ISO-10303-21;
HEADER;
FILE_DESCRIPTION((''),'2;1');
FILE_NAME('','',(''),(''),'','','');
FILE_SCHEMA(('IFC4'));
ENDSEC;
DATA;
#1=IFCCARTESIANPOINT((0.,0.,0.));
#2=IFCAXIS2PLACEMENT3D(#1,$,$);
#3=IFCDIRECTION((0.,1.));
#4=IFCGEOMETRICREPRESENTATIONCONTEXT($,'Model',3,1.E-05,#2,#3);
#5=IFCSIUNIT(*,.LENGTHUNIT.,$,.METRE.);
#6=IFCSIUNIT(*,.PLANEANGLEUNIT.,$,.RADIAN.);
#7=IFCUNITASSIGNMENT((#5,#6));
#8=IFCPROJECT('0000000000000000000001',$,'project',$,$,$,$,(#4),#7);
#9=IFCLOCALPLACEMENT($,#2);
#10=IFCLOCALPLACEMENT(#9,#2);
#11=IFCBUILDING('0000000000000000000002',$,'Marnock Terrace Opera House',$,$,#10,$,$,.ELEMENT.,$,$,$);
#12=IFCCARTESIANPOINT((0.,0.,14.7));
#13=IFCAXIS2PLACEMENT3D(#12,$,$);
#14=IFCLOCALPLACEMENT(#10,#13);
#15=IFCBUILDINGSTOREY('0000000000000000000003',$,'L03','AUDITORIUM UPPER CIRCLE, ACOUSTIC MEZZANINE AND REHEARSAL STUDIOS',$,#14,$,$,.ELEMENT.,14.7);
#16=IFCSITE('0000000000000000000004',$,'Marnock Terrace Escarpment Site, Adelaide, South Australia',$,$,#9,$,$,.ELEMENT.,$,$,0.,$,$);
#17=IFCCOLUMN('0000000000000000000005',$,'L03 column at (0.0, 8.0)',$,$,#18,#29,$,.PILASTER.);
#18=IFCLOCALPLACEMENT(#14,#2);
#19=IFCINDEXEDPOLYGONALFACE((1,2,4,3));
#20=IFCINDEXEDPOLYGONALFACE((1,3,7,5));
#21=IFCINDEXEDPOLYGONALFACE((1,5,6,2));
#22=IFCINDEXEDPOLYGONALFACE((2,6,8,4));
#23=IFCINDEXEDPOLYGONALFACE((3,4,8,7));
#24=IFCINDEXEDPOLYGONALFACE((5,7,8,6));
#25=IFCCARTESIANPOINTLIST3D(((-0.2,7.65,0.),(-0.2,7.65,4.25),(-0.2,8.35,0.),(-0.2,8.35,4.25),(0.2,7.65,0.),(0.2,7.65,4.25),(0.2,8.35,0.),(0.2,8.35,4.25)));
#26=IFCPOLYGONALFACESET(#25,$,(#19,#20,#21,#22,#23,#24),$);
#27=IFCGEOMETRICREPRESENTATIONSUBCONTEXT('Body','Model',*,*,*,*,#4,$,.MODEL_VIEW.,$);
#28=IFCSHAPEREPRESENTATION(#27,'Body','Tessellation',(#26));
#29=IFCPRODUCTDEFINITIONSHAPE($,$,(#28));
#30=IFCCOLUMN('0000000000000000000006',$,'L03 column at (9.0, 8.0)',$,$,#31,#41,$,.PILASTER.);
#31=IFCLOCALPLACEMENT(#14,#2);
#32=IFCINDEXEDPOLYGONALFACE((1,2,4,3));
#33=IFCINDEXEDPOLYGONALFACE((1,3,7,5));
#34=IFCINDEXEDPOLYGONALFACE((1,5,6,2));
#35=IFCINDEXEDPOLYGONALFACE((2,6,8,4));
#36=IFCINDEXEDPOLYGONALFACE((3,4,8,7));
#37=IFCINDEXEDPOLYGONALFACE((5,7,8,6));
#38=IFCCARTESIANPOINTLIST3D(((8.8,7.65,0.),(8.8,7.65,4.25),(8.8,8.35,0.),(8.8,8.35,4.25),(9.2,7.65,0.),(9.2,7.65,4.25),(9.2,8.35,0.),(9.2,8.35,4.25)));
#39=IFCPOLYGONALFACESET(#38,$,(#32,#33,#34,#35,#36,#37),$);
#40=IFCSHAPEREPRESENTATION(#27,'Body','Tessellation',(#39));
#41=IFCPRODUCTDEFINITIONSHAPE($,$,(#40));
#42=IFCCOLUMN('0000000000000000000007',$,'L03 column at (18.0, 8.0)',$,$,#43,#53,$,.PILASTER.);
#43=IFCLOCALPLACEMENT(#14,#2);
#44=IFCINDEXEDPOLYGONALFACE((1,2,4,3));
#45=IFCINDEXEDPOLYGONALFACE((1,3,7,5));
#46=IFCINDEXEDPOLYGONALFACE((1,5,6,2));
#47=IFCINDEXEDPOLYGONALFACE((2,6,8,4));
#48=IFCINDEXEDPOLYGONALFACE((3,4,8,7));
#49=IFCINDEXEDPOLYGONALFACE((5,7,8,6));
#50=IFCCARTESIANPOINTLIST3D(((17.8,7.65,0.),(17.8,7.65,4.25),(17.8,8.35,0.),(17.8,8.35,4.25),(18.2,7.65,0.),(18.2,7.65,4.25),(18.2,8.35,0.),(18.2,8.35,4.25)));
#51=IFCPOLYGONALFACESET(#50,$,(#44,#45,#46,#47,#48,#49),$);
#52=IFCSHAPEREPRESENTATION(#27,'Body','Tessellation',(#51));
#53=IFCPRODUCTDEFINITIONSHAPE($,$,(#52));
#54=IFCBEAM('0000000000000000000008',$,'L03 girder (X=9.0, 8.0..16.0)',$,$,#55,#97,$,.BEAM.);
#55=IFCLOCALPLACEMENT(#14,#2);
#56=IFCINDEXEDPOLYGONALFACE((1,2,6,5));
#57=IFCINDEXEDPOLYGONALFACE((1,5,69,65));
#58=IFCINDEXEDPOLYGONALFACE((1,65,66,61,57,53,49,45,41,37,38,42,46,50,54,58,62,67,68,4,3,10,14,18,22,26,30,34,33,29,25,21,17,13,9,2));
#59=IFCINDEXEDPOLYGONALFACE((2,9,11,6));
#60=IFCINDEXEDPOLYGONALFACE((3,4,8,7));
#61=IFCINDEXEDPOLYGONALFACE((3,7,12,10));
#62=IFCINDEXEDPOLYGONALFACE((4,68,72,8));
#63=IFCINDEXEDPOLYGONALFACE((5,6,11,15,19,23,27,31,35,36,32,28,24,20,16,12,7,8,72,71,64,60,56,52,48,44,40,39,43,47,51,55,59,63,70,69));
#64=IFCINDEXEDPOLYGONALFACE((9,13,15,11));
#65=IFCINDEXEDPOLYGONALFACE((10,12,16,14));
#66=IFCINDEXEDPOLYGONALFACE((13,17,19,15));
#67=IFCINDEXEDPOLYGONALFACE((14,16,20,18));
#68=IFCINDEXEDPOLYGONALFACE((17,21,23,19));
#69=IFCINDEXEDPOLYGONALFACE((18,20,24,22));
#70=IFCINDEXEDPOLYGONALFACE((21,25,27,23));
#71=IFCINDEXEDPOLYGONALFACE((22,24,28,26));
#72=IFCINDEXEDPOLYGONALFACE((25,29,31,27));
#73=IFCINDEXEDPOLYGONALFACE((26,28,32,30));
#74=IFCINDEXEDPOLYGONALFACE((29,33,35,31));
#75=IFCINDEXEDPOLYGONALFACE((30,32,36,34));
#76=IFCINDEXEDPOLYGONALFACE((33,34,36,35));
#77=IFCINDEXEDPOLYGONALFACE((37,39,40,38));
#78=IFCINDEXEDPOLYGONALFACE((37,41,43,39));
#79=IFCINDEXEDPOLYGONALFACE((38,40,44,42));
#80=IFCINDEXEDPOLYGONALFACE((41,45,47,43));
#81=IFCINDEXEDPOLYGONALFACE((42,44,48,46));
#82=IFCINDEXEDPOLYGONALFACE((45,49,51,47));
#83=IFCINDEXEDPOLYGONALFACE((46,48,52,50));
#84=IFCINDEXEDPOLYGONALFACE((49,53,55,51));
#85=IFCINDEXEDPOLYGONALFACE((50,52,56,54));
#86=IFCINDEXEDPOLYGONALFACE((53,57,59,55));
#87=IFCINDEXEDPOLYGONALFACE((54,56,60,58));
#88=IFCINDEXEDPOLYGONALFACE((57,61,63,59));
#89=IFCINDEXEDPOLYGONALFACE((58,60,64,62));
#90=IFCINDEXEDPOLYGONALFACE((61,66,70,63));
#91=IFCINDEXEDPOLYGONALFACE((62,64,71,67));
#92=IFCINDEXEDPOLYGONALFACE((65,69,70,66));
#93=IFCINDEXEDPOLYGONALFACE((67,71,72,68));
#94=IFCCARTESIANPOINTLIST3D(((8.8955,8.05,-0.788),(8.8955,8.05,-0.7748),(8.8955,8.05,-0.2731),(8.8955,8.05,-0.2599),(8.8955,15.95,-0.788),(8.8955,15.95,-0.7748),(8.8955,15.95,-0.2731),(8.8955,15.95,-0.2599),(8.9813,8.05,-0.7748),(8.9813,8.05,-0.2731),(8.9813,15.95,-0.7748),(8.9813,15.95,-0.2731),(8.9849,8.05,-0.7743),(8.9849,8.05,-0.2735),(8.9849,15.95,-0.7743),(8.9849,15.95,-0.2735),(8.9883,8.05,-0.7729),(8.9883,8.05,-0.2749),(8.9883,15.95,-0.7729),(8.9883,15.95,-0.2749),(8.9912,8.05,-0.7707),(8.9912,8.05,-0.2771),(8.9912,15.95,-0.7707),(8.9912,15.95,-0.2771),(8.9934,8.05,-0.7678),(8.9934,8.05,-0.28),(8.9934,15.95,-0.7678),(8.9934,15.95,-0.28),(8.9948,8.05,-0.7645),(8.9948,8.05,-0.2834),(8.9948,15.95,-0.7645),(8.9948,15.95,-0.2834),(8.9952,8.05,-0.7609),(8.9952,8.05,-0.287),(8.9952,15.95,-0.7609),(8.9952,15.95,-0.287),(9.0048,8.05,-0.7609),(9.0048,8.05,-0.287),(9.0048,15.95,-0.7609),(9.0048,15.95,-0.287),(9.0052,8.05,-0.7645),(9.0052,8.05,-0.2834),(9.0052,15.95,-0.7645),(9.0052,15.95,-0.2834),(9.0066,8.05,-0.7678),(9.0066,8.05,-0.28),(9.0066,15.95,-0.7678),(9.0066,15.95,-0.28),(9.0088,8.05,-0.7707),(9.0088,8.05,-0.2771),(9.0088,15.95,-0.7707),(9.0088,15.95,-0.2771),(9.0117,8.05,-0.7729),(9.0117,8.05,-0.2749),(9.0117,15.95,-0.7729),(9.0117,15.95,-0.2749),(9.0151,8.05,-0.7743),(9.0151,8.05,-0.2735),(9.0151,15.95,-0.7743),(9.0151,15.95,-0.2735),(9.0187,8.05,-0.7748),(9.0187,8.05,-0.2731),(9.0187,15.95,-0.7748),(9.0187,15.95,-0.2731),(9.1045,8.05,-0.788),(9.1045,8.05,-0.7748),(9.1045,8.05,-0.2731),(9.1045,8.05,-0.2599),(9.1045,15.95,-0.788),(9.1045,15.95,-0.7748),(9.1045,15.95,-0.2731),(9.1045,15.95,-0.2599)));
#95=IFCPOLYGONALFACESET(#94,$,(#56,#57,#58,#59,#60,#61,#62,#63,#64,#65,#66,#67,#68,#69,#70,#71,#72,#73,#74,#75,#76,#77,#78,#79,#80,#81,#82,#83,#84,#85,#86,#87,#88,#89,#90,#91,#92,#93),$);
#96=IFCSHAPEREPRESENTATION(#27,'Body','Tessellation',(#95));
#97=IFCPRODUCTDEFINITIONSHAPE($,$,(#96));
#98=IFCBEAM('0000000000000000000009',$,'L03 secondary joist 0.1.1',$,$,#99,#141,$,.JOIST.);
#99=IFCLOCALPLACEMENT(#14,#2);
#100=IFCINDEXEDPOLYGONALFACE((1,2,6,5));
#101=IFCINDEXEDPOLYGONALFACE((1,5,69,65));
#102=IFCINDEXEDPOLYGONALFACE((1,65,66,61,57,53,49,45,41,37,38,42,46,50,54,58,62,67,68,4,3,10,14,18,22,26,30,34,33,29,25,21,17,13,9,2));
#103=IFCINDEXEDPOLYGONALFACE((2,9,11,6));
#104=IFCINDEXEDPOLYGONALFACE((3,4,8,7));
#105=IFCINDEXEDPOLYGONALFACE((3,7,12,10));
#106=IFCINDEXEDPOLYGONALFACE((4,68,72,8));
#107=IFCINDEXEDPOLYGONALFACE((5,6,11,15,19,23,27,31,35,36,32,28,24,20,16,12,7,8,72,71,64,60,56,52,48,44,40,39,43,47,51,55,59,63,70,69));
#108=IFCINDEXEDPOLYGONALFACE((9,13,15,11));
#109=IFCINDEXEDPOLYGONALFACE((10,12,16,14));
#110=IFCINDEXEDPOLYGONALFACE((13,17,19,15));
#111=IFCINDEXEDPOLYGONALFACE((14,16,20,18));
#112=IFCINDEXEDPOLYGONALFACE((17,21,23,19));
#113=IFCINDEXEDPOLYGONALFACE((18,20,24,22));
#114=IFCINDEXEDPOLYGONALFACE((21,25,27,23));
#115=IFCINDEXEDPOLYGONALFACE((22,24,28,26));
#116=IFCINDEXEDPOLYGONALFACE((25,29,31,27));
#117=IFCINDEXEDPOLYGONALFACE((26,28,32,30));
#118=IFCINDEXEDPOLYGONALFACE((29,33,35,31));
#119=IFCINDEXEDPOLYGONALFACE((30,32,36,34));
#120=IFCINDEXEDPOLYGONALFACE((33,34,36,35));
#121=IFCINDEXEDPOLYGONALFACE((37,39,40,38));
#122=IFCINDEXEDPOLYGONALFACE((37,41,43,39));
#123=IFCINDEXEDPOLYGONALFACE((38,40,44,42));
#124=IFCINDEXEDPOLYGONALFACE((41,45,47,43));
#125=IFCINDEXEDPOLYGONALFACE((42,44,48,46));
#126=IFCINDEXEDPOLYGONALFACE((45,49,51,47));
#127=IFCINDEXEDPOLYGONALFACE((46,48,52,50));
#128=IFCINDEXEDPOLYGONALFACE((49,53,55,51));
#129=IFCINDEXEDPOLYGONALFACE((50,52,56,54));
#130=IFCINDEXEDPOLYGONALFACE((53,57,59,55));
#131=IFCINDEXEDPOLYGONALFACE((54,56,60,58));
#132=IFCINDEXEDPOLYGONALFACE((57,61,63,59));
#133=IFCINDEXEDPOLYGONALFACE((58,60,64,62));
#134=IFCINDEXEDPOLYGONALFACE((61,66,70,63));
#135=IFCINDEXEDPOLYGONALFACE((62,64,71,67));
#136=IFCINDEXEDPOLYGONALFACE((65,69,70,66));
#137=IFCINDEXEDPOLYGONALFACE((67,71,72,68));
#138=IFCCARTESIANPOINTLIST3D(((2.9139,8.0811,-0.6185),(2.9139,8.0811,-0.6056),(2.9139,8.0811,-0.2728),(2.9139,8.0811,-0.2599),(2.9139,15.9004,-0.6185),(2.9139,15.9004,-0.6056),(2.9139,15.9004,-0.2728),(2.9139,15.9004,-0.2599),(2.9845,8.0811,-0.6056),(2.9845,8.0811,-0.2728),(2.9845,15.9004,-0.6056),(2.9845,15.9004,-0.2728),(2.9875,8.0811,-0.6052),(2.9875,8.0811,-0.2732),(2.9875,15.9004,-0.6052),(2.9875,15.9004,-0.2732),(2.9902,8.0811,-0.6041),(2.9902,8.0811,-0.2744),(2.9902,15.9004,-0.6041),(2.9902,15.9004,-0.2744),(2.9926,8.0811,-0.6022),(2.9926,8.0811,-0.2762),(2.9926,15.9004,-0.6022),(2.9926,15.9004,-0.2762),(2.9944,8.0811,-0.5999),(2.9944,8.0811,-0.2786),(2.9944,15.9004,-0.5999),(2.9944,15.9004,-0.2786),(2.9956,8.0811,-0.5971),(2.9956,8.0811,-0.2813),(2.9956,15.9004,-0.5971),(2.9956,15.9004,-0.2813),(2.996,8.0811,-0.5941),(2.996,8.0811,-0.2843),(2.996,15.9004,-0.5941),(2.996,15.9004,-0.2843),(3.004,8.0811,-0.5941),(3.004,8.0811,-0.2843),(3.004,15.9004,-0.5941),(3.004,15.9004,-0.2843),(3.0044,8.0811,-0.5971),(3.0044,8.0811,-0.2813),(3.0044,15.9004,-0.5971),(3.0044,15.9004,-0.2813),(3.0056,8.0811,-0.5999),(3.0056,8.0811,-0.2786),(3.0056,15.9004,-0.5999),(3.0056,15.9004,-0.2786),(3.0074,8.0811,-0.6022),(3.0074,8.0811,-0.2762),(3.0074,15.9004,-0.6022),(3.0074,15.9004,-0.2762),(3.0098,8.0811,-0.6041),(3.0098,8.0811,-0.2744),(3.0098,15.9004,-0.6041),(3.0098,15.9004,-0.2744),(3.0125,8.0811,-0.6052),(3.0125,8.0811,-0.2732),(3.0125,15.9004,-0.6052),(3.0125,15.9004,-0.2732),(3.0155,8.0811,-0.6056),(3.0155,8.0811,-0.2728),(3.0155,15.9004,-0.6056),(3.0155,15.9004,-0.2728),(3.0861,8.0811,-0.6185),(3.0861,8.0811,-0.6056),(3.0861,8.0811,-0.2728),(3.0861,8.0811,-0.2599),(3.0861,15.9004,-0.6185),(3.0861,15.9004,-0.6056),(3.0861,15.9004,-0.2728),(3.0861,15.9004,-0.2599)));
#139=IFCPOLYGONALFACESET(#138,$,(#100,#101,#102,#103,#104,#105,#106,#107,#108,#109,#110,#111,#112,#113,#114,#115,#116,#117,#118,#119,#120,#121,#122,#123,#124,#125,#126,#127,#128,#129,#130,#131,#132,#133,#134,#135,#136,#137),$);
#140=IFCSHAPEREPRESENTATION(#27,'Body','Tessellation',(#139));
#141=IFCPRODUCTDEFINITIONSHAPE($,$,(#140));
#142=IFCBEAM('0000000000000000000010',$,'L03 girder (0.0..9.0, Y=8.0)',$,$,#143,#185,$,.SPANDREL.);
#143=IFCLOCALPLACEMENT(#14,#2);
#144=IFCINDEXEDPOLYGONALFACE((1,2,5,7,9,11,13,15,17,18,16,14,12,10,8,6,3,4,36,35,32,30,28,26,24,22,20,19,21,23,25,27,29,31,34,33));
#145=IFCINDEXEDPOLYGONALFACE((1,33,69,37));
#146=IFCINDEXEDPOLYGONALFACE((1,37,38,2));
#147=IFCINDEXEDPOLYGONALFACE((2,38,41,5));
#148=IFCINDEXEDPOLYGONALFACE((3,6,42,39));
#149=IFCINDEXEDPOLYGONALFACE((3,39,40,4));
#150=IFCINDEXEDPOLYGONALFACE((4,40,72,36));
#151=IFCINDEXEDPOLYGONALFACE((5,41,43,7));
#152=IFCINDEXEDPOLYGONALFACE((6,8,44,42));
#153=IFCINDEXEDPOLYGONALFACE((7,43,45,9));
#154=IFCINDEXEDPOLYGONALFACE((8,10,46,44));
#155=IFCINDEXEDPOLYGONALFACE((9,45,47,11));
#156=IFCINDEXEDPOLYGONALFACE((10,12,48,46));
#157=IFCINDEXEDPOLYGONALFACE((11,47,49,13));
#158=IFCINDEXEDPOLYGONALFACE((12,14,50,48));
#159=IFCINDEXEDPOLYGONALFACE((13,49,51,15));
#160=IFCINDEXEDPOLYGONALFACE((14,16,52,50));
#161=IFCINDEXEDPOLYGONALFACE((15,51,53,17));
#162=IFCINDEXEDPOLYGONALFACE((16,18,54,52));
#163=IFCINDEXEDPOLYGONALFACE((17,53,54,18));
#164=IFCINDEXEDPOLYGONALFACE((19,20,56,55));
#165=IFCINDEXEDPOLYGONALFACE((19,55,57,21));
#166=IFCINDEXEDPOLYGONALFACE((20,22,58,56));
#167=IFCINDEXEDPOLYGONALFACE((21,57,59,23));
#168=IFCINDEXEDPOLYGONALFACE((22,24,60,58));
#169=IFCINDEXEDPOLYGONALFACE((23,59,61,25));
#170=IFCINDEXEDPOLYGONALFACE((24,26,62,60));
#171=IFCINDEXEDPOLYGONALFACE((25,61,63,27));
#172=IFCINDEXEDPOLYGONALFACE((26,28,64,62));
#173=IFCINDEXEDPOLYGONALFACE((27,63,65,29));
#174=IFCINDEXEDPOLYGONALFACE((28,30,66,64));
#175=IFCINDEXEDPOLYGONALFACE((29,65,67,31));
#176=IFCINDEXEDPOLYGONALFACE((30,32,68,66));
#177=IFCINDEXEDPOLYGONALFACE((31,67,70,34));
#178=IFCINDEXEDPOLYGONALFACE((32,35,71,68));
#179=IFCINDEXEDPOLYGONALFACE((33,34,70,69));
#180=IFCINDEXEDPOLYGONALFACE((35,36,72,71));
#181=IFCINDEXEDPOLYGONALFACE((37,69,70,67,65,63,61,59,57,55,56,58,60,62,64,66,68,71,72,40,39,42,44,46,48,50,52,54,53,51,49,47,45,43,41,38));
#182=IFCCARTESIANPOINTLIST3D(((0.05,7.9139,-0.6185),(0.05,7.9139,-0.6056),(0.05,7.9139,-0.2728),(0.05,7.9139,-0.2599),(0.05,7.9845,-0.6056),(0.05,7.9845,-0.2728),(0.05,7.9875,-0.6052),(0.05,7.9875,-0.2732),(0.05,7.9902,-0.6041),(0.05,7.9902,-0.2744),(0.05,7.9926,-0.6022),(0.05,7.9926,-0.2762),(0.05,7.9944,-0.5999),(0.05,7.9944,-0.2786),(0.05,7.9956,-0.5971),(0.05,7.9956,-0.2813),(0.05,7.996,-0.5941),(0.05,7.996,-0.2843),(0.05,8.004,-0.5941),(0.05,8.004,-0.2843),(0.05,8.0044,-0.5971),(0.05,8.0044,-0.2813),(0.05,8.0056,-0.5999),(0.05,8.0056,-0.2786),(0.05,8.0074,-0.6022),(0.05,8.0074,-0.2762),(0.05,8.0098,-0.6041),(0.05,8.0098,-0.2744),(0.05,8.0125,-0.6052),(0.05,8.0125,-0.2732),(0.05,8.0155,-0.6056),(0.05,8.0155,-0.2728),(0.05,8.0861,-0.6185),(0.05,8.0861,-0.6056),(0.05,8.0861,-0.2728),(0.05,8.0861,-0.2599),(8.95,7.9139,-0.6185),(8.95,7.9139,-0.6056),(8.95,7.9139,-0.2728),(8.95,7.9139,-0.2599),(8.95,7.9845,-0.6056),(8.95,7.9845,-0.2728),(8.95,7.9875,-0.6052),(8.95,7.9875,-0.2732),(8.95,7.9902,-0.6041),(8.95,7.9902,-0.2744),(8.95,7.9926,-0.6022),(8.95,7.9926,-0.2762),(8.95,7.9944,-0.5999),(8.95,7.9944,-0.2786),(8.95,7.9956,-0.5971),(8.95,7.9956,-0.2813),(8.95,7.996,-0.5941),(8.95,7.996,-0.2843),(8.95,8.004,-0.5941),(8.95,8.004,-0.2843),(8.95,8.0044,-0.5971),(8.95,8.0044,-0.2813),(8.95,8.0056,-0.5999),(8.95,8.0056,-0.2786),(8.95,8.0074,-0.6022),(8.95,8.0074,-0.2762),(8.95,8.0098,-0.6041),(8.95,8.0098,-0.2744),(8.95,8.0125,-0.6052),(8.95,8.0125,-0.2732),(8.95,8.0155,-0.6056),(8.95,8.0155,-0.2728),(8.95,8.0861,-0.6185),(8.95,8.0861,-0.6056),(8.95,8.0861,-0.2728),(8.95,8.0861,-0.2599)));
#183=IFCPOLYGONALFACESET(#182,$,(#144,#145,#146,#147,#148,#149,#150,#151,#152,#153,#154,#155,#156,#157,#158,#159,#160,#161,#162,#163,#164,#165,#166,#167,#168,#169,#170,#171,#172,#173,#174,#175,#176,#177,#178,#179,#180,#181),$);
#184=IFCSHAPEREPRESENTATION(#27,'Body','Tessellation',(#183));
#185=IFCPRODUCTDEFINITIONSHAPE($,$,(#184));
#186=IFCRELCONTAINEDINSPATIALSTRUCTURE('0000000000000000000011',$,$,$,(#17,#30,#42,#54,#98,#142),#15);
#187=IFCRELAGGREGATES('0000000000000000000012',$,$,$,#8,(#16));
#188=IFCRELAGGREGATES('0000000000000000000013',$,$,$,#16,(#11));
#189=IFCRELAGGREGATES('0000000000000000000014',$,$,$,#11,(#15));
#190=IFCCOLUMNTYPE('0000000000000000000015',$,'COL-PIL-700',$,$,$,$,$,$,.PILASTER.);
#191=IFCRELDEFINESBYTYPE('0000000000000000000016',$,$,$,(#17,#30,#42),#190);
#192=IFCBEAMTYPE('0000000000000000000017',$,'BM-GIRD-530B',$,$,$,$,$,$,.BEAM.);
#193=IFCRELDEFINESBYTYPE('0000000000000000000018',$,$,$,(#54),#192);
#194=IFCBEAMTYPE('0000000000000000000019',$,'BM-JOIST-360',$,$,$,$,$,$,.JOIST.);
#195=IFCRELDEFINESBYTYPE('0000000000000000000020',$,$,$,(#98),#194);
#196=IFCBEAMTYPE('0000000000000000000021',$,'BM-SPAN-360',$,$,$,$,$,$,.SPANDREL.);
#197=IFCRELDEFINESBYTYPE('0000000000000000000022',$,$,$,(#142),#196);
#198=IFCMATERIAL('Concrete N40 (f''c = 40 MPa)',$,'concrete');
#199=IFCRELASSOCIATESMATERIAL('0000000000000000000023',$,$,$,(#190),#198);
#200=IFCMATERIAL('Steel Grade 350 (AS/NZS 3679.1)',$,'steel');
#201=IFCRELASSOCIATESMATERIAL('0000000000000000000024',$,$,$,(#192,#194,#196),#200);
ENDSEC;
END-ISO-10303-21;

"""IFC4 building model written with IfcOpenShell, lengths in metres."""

from ifc_helpers import new_model, si_unit, direction, frame, origin, origin_2d, place, context, subcontext, project, spatial, rectangle, i_section, extrude, material, material_profile, profile_set, type_object, element, save


model = new_model("IFC4")

# Units and contexts
model_context = context("Model", 3, precision=1e-05, world=origin(), true_north=direction((0.0, 1.0)))
body_context = subcontext(model_context, "Body", "Model", "MODEL_VIEW")
ifc_project = project(units=[si_unit("LENGTHUNIT", "METRE"), si_unit("PLANEANGLEUNIT", "RADIAN")], contexts=[model_context])

# Site, building, storey
site_placement = place(None, origin())
site = spatial("IfcSite", under=ifc_project, at=site_placement, Name="Marnock Terrace Escarpment Site, Adelaide, South Australia", CompositionType="ELEMENT", RefElevation=0.0)
building_placement = place(site_placement, origin())
building = spatial("IfcBuilding", under=site, at=building_placement, Name="Marnock Terrace Opera House", CompositionType="ELEMENT")
storey_placement = place(building_placement, frame((0.0, 0.0, 14.7)))
storey = spatial("IfcBuildingStorey", under=building, at=storey_placement, Name="L03", Description="AUDITORIUM UPPER CIRCLE, ACOUSTIC MEZZANINE AND REHEARSAL STUDIOS", CompositionType="ELEMENT", Elevation=14.7)

# Columns
ifc_material_1 = material(Name="Concrete N40 (f'c = 40 MPa)", Category="concrete")
ifc_material_profile_1 = material_profile(ifc_material_1, rectangle(XDim=0.3999, YDim=0.7, at=origin_2d()))
ifc_profile_set_1 = profile_set([ifc_material_profile_1], Name="Concrete N40 (f'c = 40 MPa)")
column_type = type_object("IfcColumnType", Name="COL-PIL-700", PredefinedType="PILASTER", material=ifc_profile_set_1)
for number, where, z_axis, x_axis, name in (
    (1, (0.0, 8.0, 0.0), (0.0, 0.0, 1.0), (1.0, 0.0, 0.0), "L03 column at (0.0, 8.0)"),
    (2, (9.0, 8.0, 0.0), (0.0, 0.0, 1.0), (1.0, 0.0, 0.0), "L03 column at (9.0, 8.0)"),
    (3, (18.0, 8.0, 0.0), (0.0, 0.0, 1.0), (1.0, 0.0, 0.0), "L03 column at (18.0, 8.0)"),
):
    element("IfcColumn", number, at=place(storey_placement, frame(where, z_axis=z_axis, x_axis=x_axis)), inside=storey, type_object=column_type, Name=name, PredefinedType="PILASTER", context=body_context, shape_type="SweptSolid", body=[
        extrude(rectangle(XDim=0.3999, YDim=0.7, at=origin_2d()), origin(), (0.0, 0.0, 1.0), 4.25),
    ])

# Beams
ifc_material_2 = material(Name="Steel Grade 350 (AS/NZS 3679.1)", Category="steel")
ifc_material_profile_2 = material_profile(ifc_material_2, i_section(OverallWidth=0.209, OverallDepth=0.5281, WebThickness=0.0095, FlangeThickness=0.0132, FilletRadius=0.0139, at=origin_2d()))
ifc_profile_set_2 = profile_set([ifc_material_profile_2], Name="Steel Grade 350 (AS/NZS 3679.1)")
beam_type_1 = type_object("IfcBeamType", Name="BM-GIRD-530B", PredefinedType="BEAM", material=ifc_profile_set_2)
beam_1_placement = place(storey_placement, frame((9.0, 8.05, -0.5239), z_axis=(0.0, 1.0, 0.0), x_axis=(-1.0, 0.0, 0.0)))
element("IfcBeam", 4, at=beam_1_placement, inside=storey, type_object=beam_type_1, Name="L03 girder (X=9.0, 8.0..16.0)", PredefinedType="BEAM", context=body_context, shape_type="SweptSolid", body=[
    extrude(i_section(OverallWidth=0.209, OverallDepth=0.5281, WebThickness=0.0095, FlangeThickness=0.0132, FilletRadius=0.0139, at=origin_2d()), origin(), (0.0, 0.0, 1.0), 7.8999),
])
ifc_material_profile_3 = material_profile(ifc_material_2, i_section(OverallWidth=0.1721, OverallDepth=0.3586, WebThickness=0.0081, FlangeThickness=0.0129, FilletRadius=0.0115, at=origin_2d()))
ifc_profile_set_3 = profile_set([ifc_material_profile_3], Name="Steel Grade 350 (AS/NZS 3679.1)")
beam_type_2 = type_object("IfcBeamType", Name="BM-JOIST-360", PredefinedType="JOIST", material=ifc_profile_set_3)
beam_2_placement = place(storey_placement, frame((3.0, 8.0811, -0.4392), z_axis=(0.0, 1.0, 0.0), x_axis=(-1.0, 0.0, 0.0)))
element("IfcBeam", 5, at=beam_2_placement, inside=storey, type_object=beam_type_2, Name="L03 secondary joist 0.1.1", PredefinedType="JOIST", context=body_context, shape_type="SweptSolid", body=[
    extrude(i_section(OverallWidth=0.1721, OverallDepth=0.3586, WebThickness=0.0081, FlangeThickness=0.0129, FilletRadius=0.0115, at=origin_2d()), origin(), (0.0, 0.0, 1.0), 7.8193),
])
ifc_material_profile_4 = material_profile(ifc_material_2, i_section(OverallWidth=0.1721, OverallDepth=0.3586, WebThickness=0.0081, FlangeThickness=0.0129, FilletRadius=0.0115, at=origin_2d()))
ifc_profile_set_4 = profile_set([ifc_material_profile_4], Name="Steel Grade 350 (AS/NZS 3679.1)")
beam_type_3 = type_object("IfcBeamType", Name="BM-SPAN-360", PredefinedType="SPANDREL", material=ifc_profile_set_4)
for number, where, z_axis, x_axis, name in (
    (6, (0.05, 8.0, -0.4392), (1.0, 0.0, 0.0), (0.0, 1.0, 0.0), "L03 girder (0.0..9.0, Y=8.0)"),
):
    element("IfcBeam", number, at=place(storey_placement, frame(where, z_axis=z_axis, x_axis=x_axis)), inside=storey, type_object=beam_type_3, Name=name, PredefinedType="SPANDREL", context=body_context, shape_type="SweptSolid", body=[
        extrude(i_section(OverallWidth=0.1721, OverallDepth=0.3586, WebThickness=0.0081, FlangeThickness=0.0129, FilletRadius=0.0115, at=origin_2d()), origin(), (0.0, 0.0, 1.0), 8.8999),
    ])

save(model, "model.ifc")
